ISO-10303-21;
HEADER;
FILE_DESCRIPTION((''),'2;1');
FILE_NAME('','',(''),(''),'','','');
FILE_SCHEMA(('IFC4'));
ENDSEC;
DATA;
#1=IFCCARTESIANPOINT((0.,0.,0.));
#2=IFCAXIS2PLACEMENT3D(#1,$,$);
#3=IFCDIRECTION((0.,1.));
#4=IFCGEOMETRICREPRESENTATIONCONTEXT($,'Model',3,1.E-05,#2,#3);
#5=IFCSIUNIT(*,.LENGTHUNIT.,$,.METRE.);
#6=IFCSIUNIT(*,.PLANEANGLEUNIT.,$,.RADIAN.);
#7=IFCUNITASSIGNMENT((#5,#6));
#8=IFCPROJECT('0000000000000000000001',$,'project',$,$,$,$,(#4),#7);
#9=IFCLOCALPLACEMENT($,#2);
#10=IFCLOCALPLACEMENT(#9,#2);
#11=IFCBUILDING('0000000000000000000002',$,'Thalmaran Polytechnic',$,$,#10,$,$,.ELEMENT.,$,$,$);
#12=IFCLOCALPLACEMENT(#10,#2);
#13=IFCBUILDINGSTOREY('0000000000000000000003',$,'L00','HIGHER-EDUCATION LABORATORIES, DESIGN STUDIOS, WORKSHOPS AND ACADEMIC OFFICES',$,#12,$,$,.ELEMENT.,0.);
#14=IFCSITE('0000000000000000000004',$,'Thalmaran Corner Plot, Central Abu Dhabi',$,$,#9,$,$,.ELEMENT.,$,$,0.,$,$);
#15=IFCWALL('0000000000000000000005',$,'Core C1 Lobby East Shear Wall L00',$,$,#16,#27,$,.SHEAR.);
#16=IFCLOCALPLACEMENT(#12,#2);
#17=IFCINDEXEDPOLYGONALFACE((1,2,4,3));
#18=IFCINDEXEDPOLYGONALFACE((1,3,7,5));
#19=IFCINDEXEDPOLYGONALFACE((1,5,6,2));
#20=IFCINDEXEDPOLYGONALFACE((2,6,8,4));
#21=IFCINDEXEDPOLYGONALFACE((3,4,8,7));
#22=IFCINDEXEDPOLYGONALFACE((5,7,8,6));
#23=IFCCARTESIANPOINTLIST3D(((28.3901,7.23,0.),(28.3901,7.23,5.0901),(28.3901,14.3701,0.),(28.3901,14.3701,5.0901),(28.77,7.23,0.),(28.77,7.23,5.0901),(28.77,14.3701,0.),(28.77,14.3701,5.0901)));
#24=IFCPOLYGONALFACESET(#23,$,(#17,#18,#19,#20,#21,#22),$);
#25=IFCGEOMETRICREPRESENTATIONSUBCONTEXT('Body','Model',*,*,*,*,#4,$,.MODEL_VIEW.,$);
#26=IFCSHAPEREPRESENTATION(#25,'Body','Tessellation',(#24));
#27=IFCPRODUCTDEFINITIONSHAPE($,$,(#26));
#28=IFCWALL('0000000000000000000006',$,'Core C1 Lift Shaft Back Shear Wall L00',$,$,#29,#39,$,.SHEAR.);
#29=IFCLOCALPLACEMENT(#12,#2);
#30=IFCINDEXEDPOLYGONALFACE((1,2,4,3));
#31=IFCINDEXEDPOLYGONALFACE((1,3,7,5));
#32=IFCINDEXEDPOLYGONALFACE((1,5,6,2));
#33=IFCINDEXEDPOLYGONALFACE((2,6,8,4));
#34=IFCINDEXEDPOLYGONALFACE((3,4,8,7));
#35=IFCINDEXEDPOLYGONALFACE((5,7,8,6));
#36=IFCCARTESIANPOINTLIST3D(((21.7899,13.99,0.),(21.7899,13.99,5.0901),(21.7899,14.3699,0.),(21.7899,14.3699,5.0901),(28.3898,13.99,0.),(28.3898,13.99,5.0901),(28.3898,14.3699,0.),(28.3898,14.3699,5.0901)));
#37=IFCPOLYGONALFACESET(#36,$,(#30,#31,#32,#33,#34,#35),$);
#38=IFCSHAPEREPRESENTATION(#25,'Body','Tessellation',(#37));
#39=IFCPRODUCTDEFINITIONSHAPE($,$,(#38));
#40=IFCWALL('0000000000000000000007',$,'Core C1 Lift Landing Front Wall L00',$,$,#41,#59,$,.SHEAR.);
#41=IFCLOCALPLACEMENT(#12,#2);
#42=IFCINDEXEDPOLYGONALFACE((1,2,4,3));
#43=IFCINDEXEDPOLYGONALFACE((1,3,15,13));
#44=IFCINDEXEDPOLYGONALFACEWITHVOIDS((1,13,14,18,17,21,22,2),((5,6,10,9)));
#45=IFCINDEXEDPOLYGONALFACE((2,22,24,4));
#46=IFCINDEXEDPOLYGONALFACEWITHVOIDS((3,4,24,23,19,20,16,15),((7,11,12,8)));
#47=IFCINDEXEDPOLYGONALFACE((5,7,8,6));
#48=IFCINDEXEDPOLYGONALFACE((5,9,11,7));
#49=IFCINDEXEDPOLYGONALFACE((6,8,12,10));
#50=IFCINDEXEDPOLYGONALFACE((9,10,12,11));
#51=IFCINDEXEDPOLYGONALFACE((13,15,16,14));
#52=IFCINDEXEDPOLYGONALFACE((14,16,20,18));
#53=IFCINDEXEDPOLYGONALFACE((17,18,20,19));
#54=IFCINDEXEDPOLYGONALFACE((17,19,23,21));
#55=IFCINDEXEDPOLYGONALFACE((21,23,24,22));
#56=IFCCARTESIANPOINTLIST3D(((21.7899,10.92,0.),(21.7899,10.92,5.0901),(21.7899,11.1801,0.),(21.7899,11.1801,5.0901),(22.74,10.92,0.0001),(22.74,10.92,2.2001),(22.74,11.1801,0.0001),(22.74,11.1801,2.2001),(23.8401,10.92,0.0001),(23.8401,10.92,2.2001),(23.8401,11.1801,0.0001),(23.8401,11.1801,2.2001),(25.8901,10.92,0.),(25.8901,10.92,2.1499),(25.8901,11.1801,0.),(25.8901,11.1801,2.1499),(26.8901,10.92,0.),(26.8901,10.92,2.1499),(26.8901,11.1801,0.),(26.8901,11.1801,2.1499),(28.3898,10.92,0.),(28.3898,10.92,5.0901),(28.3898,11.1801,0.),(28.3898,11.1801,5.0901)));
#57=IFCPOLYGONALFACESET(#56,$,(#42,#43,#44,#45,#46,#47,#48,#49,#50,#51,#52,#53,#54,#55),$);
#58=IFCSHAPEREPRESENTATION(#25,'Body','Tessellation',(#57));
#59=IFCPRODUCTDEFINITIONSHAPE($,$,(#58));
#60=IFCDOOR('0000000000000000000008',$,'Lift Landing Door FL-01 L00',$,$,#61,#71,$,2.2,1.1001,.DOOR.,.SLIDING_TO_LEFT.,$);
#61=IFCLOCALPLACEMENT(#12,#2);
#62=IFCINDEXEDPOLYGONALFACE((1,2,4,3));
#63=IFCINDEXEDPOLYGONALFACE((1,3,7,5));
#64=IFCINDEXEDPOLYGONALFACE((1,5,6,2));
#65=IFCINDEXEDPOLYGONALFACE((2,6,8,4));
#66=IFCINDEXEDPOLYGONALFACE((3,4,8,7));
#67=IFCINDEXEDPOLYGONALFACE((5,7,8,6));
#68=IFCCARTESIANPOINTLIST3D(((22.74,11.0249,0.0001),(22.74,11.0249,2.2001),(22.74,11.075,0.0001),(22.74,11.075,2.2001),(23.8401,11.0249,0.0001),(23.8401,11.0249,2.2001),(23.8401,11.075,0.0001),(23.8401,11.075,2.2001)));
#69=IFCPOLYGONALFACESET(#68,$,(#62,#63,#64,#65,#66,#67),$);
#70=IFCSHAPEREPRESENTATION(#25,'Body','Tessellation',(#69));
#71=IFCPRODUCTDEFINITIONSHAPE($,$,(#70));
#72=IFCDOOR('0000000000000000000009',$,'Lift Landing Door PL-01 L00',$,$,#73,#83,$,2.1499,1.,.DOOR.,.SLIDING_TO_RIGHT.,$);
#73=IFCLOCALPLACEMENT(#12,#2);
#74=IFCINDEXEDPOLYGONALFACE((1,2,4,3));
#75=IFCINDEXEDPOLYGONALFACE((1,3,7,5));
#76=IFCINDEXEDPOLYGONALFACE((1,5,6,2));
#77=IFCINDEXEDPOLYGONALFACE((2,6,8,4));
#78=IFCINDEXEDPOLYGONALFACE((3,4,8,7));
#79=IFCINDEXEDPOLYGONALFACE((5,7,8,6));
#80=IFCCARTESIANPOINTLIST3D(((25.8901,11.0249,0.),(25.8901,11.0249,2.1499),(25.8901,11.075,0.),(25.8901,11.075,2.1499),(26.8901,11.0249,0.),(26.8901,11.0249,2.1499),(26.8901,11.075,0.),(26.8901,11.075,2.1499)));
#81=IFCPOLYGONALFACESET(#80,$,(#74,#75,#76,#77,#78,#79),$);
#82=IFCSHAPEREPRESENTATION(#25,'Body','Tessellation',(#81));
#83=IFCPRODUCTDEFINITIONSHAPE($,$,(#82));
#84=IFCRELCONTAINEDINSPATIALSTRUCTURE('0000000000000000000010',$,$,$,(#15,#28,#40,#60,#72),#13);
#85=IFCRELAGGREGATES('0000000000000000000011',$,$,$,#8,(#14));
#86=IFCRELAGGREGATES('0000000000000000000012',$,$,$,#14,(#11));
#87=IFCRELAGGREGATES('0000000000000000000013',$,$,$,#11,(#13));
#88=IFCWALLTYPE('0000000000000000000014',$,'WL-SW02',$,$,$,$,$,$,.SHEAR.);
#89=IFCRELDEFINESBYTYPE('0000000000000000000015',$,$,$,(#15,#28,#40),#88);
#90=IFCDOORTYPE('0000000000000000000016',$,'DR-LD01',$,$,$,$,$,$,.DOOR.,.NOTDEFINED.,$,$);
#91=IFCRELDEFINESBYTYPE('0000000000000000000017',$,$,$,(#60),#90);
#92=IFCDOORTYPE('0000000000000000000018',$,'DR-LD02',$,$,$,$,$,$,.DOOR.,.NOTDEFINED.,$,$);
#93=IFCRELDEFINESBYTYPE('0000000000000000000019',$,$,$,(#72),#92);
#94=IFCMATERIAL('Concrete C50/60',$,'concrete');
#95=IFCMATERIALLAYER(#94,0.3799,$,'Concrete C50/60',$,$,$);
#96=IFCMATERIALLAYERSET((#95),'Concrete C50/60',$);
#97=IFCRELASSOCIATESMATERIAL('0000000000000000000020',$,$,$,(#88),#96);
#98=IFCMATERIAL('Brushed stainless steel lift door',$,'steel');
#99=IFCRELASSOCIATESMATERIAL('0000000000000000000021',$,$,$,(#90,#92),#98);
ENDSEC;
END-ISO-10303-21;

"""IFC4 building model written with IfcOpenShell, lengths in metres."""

from ifc_helpers import new_model, si_unit, direction, frame, frame_2d, origin, place, context, subcontext, project, spatial, rectangle, extrude, material, layer, layer_set, type_object, element, fill, save


model = new_model("IFC4")

# Units and contexts
model_context = context("Model", 3, precision=1e-05, world=origin(), true_north=direction((0.0, 1.0)))
body_context = subcontext(model_context, "Body", "Model", "MODEL_VIEW")
ifc_project = project(units=[si_unit("LENGTHUNIT", "METRE"), si_unit("PLANEANGLEUNIT", "RADIAN")], contexts=[model_context])

# Site, building, storey
site_placement = place(None, origin())
site = spatial("IfcSite", under=ifc_project, at=site_placement, Name="Thalmaran Corner Plot, Central Abu Dhabi", CompositionType="ELEMENT", RefElevation=0.0)
building_placement = place(site_placement, origin())
building = spatial("IfcBuilding", under=site, at=building_placement, Name="Thalmaran Polytechnic", CompositionType="ELEMENT")
storey_placement = place(building_placement, origin())
storey = spatial("IfcBuildingStorey", under=building, at=storey_placement, Name="L00", Description="HIGHER-EDUCATION LABORATORIES, DESIGN STUDIOS, WORKSHOPS AND ACADEMIC OFFICES", CompositionType="ELEMENT", Elevation=0.0)

# Shared definitions
ifc_material_1 = material(Name="Concrete C50/60", Category="concrete")

# Shared definitions
ifc_layer_1 = layer(ifc_material_1, 0.3799, Name="Concrete C50/60")
ifc_layer_set_1 = layer_set([ifc_layer_1], Name="Concrete C50/60")
wall_type_1 = type_object("IfcWallType", Name="WL-SW02", PredefinedType="SHEAR", material=ifc_layer_set_1)

# Walls
wall_1_placement = place(storey_placement, frame((28.5801, 7.23, 0.0), z_axis=(0.0, 0.0, 1.0), x_axis=(0.0, 1.0, 0.0)))
element("IfcWall", 1, at=wall_1_placement, inside=storey, type_object=wall_type_1, Name="Core C1 Lobby East Shear Wall L00", PredefinedType="SHEAR", context=body_context, shape_type="SweptSolid", body=[
    extrude(rectangle(XDim=7.1401, YDim=0.3799, at=frame_2d((3.5701, 0.0))), origin(), (0.0, 0.0, 1.0), 5.0901),
])
wall_2_placement = place(storey_placement, frame((21.79, 14.1799, 0.0), z_axis=(0.0, 0.0, 1.0), x_axis=(1.0, 0.0, 0.0)))
element("IfcWall", 2, at=wall_2_placement, inside=storey, type_object=wall_type_1, Name="Core C1 Lift Shaft Back Shear Wall L00", PredefinedType="SHEAR", context=body_context, shape_type="SweptSolid", body=[
    extrude(rectangle(XDim=6.5999, YDim=0.3799, at=frame_2d((3.2998, 0.0))), origin(), (0.0, 0.0, 1.0), 5.0901),
])

# Wall, openings, doors
wall_3_placement = place(storey_placement, frame((21.79, 11.05, 0.0), z_axis=(0.0, 0.0, 1.0), x_axis=(1.0, 0.0, 0.0)))
wall_3 = element("IfcWall", 3, at=wall_3_placement, inside=storey, type_object=wall_type_1, Name="Core C1 Lift Landing Front Wall L00", PredefinedType="SHEAR", context=body_context, shape_type="SweptSolid", body=[
    extrude(rectangle(XDim=6.5999, YDim=0.26, at=frame_2d((3.2998, 0.0))), origin(), (0.0, 0.0, 1.0), 5.0901),
])
opening_1_placement = place(wall_3_placement, frame((0.95, 0.0, 0.0)))
opening_1 = element("IfcOpeningElement", 4, at=opening_1_placement, cuts=wall_3, PredefinedType="OPENING", context=body_context, shape_type="SweptSolid", body=[
    extrude(rectangle(XDim=1.1001, YDim=2.2, at=frame_2d((0.55, 1.1001))), frame((0.0, 0.1399, 0.0), z_axis=(0.0, -1.0, 0.0), x_axis=(1.0, 0.0, 0.0)), (0.0, 0.0, 1.0), 0.28),
])
opening_2_placement = place(wall_3_placement, frame((4.1001, 0.0, 0.0)))
opening_2 = element("IfcOpeningElement", 5, at=opening_2_placement, cuts=wall_3, PredefinedType="OPENING", context=body_context, shape_type="SweptSolid", body=[
    extrude(rectangle(XDim=1.0, YDim=2.1499, at=frame_2d((0.5, 1.075))), frame((0.0, 0.1399, 0.0), z_axis=(0.0, -1.0, 0.0), x_axis=(1.0, 0.0, 0.0)), (0.0, 0.0, 1.0), 0.28),
])
ifc_material_2 = material(Name="Brushed stainless steel lift door", Category="steel")
door_type_1 = type_object("IfcDoorType", Name="DR-LD01", OperationType="NOTDEFINED", PredefinedType="DOOR", material=ifc_material_2)
door_1_placement = place(opening_1_placement, origin())
door_1 = element("IfcDoor", 6, at=door_1_placement, inside=storey, type_object=door_type_1, Name="Lift Landing Door FL-01 L00", OperationType="SLIDING_TO_LEFT", OverallHeight=2.2, OverallWidth=1.1001, PredefinedType="DOOR", context=body_context, shape_type="SweptSolid", body=[
    extrude(rectangle(XDim=1.1001, YDim=2.2, at=frame_2d((0.55, 1.1001))), frame((0.0, 0.0249, 0.0), z_axis=(0.0, -1.0, 0.0), x_axis=(1.0, 0.0, 0.0)), (0.0, 0.0, 1.0), 0.05),
])
fill(opening_1, door_1)
door_type_2 = type_object("IfcDoorType", Name="DR-LD02", OperationType="NOTDEFINED", PredefinedType="DOOR", material=ifc_material_2)
door_2_placement = place(opening_2_placement, origin())
door_2 = element("IfcDoor", 7, at=door_2_placement, inside=storey, type_object=door_type_2, Name="Lift Landing Door PL-01 L00", OperationType="SLIDING_TO_RIGHT", OverallHeight=2.1499, OverallWidth=1.0, PredefinedType="DOOR", context=body_context, shape_type="SweptSolid", body=[
    extrude(rectangle(XDim=1.0, YDim=2.1499, at=frame_2d((0.5, 1.075))), frame((0.0, 0.0249, 0.0), z_axis=(0.0, -1.0, 0.0), x_axis=(1.0, 0.0, 0.0)), (0.0, 0.0, 1.0), 0.05),
])
fill(opening_2, door_2)

save(model, "model.ifc")
